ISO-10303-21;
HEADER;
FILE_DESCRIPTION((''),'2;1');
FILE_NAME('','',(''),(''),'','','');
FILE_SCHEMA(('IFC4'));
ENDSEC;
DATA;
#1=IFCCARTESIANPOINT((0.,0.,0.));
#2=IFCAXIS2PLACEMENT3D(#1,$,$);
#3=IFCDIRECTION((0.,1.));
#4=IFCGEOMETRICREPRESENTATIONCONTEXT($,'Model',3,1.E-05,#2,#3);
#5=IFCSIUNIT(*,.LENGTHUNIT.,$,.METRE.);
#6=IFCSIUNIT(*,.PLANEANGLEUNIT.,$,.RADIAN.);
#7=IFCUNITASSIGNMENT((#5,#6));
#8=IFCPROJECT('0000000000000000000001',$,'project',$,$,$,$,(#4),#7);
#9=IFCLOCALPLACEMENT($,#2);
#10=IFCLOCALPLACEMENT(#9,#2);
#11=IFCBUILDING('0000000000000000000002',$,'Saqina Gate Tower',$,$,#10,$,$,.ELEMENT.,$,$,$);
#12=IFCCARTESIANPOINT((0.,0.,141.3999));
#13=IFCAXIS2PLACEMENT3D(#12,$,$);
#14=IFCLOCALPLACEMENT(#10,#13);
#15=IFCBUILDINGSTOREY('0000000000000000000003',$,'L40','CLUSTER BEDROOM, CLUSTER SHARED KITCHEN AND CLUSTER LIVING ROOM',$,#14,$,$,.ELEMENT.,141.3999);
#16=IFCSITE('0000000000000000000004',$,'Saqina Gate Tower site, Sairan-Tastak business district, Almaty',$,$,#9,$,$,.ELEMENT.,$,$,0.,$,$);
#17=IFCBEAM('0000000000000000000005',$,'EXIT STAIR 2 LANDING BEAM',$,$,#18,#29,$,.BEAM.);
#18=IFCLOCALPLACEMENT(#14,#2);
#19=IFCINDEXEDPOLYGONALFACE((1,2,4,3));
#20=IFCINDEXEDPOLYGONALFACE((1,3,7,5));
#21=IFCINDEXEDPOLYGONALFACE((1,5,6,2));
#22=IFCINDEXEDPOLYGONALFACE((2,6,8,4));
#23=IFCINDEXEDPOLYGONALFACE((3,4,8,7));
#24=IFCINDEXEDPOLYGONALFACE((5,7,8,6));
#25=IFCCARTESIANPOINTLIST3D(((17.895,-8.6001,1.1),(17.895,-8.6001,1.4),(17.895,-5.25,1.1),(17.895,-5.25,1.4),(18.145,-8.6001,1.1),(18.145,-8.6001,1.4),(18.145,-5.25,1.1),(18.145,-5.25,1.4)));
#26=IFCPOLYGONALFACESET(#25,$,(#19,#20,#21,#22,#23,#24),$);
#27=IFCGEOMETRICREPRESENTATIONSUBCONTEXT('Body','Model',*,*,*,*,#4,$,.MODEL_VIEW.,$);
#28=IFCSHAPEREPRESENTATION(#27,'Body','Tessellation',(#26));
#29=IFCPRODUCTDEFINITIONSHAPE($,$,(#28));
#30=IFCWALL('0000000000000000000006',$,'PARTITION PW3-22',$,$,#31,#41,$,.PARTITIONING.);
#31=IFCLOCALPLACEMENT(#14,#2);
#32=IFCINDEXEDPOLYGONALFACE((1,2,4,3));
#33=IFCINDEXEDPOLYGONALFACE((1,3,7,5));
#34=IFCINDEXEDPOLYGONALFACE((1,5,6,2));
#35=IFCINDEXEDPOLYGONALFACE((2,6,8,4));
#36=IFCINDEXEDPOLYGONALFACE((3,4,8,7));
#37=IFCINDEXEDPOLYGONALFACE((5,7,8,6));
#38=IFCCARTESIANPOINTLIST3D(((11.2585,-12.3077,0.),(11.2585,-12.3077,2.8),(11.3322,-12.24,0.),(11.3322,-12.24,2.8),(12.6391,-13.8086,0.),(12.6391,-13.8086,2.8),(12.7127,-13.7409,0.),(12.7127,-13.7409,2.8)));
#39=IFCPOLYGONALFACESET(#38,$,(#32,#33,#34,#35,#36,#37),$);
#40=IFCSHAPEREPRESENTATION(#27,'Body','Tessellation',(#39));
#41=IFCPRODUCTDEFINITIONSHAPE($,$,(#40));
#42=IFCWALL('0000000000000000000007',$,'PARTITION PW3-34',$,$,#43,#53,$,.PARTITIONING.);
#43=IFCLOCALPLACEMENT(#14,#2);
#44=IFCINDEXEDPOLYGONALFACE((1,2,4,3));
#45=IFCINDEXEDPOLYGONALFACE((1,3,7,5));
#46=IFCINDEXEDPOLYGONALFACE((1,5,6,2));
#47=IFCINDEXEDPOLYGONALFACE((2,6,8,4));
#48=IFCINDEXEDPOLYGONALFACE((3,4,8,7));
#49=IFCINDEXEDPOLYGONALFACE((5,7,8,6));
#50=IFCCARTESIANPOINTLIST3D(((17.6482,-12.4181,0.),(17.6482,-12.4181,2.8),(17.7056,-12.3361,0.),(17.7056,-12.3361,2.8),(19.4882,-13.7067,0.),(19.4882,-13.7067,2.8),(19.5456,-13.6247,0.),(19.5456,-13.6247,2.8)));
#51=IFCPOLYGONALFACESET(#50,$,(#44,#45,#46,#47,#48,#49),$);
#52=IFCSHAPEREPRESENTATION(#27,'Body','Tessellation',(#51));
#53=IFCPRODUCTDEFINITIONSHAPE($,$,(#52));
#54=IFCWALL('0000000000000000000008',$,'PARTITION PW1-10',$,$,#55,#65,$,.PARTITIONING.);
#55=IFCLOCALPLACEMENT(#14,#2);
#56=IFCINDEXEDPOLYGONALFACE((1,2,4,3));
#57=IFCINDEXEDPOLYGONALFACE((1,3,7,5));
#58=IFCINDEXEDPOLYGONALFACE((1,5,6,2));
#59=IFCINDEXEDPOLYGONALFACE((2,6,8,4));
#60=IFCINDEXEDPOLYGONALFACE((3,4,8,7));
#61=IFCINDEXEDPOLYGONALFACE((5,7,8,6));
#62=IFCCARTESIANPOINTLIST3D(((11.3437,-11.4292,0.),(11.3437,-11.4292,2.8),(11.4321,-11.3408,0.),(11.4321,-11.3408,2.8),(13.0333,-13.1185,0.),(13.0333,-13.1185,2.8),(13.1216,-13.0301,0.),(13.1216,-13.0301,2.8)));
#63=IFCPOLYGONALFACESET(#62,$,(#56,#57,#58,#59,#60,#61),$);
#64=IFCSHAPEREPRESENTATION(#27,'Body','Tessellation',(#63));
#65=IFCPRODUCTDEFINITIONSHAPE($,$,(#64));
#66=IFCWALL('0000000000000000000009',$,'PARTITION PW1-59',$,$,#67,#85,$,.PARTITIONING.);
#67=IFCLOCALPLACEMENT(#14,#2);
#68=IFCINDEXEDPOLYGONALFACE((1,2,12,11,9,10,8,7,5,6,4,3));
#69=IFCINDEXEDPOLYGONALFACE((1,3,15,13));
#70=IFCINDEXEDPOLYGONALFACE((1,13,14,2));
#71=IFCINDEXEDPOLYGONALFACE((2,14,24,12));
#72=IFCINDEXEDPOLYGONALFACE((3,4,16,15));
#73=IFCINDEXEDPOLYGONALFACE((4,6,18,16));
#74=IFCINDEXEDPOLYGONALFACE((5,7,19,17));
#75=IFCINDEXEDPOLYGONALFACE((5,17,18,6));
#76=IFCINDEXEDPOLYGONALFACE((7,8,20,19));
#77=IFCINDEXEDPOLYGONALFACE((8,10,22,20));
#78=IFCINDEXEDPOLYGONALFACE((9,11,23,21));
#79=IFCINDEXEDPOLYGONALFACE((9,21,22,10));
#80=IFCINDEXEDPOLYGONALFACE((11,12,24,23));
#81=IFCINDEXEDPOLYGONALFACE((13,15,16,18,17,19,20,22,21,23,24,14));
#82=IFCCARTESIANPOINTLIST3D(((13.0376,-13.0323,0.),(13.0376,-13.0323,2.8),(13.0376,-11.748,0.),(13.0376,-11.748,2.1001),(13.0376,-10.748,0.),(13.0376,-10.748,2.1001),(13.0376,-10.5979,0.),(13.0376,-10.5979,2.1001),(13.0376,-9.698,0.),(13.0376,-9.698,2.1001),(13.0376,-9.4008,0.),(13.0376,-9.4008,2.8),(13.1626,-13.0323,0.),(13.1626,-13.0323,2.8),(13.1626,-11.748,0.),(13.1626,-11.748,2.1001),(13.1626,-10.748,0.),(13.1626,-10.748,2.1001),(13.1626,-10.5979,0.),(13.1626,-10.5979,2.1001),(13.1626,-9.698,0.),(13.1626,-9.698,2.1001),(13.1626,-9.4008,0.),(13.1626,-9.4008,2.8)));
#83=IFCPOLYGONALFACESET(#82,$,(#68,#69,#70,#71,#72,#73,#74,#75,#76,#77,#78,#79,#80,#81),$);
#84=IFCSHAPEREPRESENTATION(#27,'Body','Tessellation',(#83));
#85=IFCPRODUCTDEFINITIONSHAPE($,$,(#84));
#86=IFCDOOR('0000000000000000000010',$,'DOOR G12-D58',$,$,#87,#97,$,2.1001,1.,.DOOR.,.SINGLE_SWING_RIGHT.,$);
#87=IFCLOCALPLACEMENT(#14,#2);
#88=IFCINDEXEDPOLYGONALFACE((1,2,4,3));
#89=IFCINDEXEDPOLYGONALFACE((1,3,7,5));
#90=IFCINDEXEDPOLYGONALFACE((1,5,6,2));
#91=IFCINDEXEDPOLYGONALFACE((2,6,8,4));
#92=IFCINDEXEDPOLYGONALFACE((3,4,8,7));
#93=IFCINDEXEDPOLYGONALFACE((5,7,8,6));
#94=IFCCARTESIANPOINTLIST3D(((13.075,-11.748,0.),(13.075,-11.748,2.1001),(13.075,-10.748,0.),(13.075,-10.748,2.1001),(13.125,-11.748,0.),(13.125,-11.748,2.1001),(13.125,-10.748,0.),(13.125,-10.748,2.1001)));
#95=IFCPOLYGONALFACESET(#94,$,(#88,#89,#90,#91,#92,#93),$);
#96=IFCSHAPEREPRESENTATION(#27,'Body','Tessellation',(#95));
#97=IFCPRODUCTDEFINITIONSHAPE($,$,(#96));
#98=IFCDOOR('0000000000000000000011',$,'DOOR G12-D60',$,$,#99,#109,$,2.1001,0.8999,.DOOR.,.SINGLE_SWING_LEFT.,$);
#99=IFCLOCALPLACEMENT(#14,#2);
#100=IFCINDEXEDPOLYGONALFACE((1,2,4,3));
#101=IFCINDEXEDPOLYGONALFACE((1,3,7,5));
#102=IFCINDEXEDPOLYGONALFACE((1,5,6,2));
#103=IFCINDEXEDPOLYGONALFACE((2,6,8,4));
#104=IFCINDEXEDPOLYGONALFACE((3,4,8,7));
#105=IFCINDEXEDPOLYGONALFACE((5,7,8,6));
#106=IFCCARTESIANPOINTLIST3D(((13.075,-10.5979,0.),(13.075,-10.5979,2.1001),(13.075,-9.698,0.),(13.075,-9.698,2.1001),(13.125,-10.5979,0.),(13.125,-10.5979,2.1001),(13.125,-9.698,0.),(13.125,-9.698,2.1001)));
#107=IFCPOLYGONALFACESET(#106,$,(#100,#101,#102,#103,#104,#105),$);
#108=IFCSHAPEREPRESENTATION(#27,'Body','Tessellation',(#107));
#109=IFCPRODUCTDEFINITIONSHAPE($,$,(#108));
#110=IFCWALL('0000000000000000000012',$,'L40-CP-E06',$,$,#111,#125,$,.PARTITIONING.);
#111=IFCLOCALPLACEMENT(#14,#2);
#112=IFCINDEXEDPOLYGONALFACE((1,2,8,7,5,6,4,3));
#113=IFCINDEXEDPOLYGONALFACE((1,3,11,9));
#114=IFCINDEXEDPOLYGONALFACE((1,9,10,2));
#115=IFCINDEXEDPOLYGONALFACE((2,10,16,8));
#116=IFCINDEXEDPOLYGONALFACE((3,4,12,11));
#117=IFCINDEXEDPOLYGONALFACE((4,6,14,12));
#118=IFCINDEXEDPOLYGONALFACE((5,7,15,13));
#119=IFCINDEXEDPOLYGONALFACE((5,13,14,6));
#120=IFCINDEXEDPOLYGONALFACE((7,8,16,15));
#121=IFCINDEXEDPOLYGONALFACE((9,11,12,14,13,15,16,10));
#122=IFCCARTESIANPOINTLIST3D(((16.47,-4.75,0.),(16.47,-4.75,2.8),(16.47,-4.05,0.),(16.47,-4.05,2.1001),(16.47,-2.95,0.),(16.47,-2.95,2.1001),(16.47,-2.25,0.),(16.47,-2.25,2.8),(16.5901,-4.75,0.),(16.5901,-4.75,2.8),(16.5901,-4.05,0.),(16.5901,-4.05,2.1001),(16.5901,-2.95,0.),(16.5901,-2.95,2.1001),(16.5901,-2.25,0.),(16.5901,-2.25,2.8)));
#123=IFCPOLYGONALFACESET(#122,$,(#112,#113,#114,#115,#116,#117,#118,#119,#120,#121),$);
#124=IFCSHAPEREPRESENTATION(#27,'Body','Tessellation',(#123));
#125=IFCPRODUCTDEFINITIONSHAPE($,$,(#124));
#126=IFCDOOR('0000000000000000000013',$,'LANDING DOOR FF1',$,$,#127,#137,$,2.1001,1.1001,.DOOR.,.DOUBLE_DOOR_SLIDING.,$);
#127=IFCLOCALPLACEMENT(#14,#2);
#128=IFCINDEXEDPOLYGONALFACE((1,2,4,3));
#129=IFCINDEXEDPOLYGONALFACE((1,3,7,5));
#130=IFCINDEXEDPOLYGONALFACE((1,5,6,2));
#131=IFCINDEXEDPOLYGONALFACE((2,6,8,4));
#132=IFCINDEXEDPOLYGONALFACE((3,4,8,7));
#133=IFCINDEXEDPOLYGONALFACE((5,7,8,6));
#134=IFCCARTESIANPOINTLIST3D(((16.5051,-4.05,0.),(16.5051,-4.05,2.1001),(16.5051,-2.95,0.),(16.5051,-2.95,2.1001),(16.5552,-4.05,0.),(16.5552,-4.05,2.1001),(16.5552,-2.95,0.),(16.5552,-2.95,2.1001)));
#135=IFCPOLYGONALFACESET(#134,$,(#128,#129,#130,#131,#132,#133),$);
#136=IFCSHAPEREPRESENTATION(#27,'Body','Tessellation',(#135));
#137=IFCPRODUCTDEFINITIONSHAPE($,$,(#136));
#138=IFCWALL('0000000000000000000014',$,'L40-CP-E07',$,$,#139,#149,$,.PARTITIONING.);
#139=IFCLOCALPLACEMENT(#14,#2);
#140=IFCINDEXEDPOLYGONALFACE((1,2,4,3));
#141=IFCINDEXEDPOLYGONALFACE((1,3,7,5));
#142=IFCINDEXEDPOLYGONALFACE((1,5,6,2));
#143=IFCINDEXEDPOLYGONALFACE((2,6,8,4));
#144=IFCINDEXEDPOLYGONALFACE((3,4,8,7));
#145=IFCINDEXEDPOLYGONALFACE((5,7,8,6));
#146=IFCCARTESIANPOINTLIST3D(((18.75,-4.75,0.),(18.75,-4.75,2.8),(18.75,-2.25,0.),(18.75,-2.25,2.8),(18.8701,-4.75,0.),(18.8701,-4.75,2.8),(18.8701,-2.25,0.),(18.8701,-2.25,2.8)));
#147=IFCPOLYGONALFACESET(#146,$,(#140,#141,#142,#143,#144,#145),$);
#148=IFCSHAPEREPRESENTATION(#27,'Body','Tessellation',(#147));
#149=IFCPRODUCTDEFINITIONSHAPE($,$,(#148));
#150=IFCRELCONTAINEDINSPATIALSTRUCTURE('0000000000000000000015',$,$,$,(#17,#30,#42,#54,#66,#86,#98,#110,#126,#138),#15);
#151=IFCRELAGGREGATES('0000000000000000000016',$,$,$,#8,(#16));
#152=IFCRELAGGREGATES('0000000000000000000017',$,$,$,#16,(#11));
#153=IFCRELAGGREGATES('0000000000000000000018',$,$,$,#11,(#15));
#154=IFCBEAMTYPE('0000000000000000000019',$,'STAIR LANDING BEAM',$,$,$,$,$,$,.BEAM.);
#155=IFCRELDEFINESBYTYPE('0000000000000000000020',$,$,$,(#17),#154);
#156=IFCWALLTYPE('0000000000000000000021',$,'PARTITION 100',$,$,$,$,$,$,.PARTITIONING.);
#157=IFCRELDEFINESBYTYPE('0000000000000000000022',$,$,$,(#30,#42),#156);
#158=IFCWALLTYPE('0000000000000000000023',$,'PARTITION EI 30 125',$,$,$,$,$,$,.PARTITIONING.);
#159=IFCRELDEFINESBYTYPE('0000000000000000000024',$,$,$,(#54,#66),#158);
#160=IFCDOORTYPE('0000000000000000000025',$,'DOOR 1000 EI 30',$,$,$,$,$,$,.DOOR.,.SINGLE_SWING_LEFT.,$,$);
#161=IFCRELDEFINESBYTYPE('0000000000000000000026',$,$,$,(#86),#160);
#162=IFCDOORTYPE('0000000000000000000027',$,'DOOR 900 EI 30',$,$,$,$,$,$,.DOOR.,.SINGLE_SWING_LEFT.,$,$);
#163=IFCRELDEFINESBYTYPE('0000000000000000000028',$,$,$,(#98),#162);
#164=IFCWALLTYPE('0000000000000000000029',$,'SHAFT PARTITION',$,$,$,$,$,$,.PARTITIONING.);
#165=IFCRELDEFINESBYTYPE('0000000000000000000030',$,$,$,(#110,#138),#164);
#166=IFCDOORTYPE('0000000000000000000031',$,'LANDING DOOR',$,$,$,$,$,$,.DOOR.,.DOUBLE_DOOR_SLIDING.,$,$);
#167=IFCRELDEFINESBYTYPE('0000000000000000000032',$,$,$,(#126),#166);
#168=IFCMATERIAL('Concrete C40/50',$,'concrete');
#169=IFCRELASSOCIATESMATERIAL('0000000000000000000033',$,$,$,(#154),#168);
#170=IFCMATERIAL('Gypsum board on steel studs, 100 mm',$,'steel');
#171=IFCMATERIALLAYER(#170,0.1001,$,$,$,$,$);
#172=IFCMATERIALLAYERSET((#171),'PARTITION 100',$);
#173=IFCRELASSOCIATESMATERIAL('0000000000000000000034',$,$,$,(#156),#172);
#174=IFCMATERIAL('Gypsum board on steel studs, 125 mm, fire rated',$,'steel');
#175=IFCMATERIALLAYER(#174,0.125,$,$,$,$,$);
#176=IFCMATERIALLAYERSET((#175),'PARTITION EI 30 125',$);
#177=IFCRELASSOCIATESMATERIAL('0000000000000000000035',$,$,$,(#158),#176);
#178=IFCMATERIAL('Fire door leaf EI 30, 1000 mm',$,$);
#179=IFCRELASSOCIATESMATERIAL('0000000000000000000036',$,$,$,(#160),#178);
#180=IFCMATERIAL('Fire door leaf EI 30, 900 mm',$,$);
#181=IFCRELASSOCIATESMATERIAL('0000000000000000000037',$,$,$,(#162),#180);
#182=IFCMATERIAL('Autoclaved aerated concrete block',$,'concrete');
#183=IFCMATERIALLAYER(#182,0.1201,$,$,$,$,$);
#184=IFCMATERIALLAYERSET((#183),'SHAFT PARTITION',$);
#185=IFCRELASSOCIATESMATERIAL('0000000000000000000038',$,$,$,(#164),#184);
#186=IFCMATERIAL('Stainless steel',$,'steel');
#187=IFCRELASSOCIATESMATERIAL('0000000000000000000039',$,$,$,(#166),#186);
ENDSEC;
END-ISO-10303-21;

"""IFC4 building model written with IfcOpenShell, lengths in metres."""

from ifc_helpers import new_model, si_unit, direction, frame, frame_2d, origin, origin_2d, place, context, subcontext, project, spatial, rectangle, extrude, material, layer, layer_set, material_profile, profile_set, type_object, element, fill, save


model = new_model("IFC4")

# Units and contexts
model_context = context("Model", 3, precision=1e-05, world=origin(), true_north=direction((0.0, 1.0)))
body_context = subcontext(model_context, "Body", "Model", "MODEL_VIEW")
ifc_project = project(units=[si_unit("LENGTHUNIT", "METRE"), si_unit("PLANEANGLEUNIT", "RADIAN")], contexts=[model_context])

# Site, building, storey
site_placement = place(None, origin())
site = spatial("IfcSite", under=ifc_project, at=site_placement, Name="Saqina Gate Tower site, Sairan-Tastak business district, Almaty", CompositionType="ELEMENT", RefElevation=0.0)
building_placement = place(site_placement, origin())
building = spatial("IfcBuilding", under=site, at=building_placement, Name="Saqina Gate Tower", CompositionType="ELEMENT")
storey_placement = place(building_placement, frame((0.0, 0.0, 141.3999)))
storey = spatial("IfcBuildingStorey", under=building, at=storey_placement, Name="L40", Description="CLUSTER BEDROOM, CLUSTER SHARED KITCHEN AND CLUSTER LIVING ROOM", CompositionType="ELEMENT", Elevation=141.3999)

# Beam
ifc_material_1 = material(Name="Concrete C40/50", Category="concrete")
ifc_material_profile = material_profile(ifc_material_1, rectangle(XDim=0.25, YDim=0.3, at=origin_2d()), Name="STAIR LANDING BEAM")
ifc_profile_set = profile_set([ifc_material_profile], Name="Concrete C40/50")
beam_type = type_object("IfcBeamType", Name="STAIR LANDING BEAM", PredefinedType="BEAM", material=ifc_profile_set)
beam_placement = place(storey_placement, frame((18.02, -8.6001, 1.25), z_axis=(0.0, 1.0, 0.0), x_axis=(-1.0, 0.0, 0.0)))
element("IfcBeam", 1, at=beam_placement, inside=storey, type_object=beam_type, Name="EXIT STAIR 2 LANDING BEAM", PredefinedType="BEAM", context=body_context, shape_type="SweptSolid", body=[
    extrude(rectangle(XDim=0.25, YDim=0.3, at=origin_2d()), origin(), (0.0, 0.0, 1.0), 3.3501),
])

# Walls
ifc_material_2 = material(Name="Gypsum board on steel studs, 100 mm", Category="steel")
ifc_layer_1 = layer(ifc_material_2, 0.1001)
ifc_layer_set_1 = layer_set([ifc_layer_1], Name="PARTITION 100")
wall_type_1 = type_object("IfcWallType", Name="PARTITION 100", PredefinedType="PARTITIONING", material=ifc_layer_set_1)
wall_1_placement = place(storey_placement, frame((11.2954, -12.2739, 0.0), z_axis=(0.0, 0.0, 1.0), x_axis=(0.676981, -0.736, 0.0)))
element("IfcWall", 2, at=wall_1_placement, inside=storey, type_object=wall_type_1, Name="PARTITION PW3-22", PredefinedType="PARTITIONING", context=body_context, shape_type="SweptSolid", body=[
    extrude(rectangle(XDim=2.0393, YDim=0.1001, at=frame_2d((1.0195, 0.0))), origin(), (0.0, 0.0, 1.0), 2.8),
])
wall_2_placement = place(storey_placement, frame((17.677, -12.3772, 0.0), z_axis=(0.0, 0.0, 1.0), x_axis=(0.819125, -0.573616, 0.0)))
element("IfcWall", 3, at=wall_2_placement, inside=storey, type_object=wall_type_1, Name="PARTITION PW3-34", PredefinedType="PARTITIONING", context=body_context, shape_type="SweptSolid", body=[
    extrude(rectangle(XDim=2.2463, YDim=0.1001, at=frame_2d((1.123, 0.0))), origin(), (0.0, 0.0, 1.0), 2.8),
])
ifc_material_3 = material(Name="Gypsum board on steel studs, 125 mm, fire rated", Category="steel")
ifc_layer_2 = layer(ifc_material_3, 0.125)
ifc_layer_set_2 = layer_set([ifc_layer_2], Name="PARTITION EI 30 125")
wall_type_2 = type_object("IfcWallType", Name="PARTITION EI 30 125", PredefinedType="PARTITIONING", material=ifc_layer_set_2)
wall_3_placement = place(storey_placement, frame((11.3879, -11.385, 0.0), z_axis=(0.0, 0.0, 1.0), x_axis=(0.707158, -0.707056, 0.0)))
element("IfcWall", 4, at=wall_3_placement, inside=storey, type_object=wall_type_2, Name="PARTITION PW1-10", PredefinedType="PARTITIONING", context=body_context, shape_type="SweptSolid", body=[
    extrude(rectangle(XDim=2.3892, YDim=0.125, at=frame_2d((1.1946, 0.0))), origin(), (0.0, 0.0, 1.0), 2.8),
])

# Wall, openings, doors
wall_4_placement = place(storey_placement, frame((13.1001, -13.0325, 0.0), z_axis=(0.0, 0.0, 1.0), x_axis=(0.0, 1.0, 0.0)))
wall_4 = element("IfcWall", 5, at=wall_4_placement, inside=storey, type_object=wall_type_2, Name="PARTITION PW1-59", PredefinedType="PARTITIONING", context=body_context, shape_type="SweptSolid", body=[
    extrude(rectangle(XDim=3.6316, YDim=0.125, at=frame_2d((1.8159, 0.0))), origin(), (0.0, 0.0, 1.0), 2.8),
])
opening_1_placement = place(wall_4_placement, frame((1.2844, 0.0, 0.0)))
opening_1 = element("IfcOpeningElement", 6, at=opening_1_placement, cuts=wall_4, PredefinedType="OPENING", context=body_context, shape_type="SweptSolid", body=[
    extrude(rectangle(XDim=1.0, YDim=2.1001, at=frame_2d((0.5, 1.05))), frame((0.0, 0.0745, 0.0), z_axis=(0.0, -1.0, 0.0), x_axis=(1.0, 0.0, 0.0)), (0.0, 0.0, 1.0), 0.1489),
])
opening_2_placement = place(wall_4_placement, frame((2.4346, 0.0, 0.0)))
opening_2 = element("IfcOpeningElement", 7, at=opening_2_placement, cuts=wall_4, PredefinedType="OPENING", context=body_context, shape_type="SweptSolid", body=[
    extrude(rectangle(XDim=0.8999, YDim=2.1001, at=frame_2d((0.45, 1.05))), frame((0.0, 0.0745, 0.0), z_axis=(0.0, -1.0, 0.0), x_axis=(1.0, 0.0, 0.0)), (0.0, 0.0, 1.0), 0.1489),
])
ifc_material_4 = material(Name="Fire door leaf EI 30, 1000 mm")
door_type_1 = type_object("IfcDoorType", Name="DOOR 1000 EI 30", OperationType="SINGLE_SWING_LEFT", PredefinedType="DOOR", material=ifc_material_4)
door_1_placement = place(opening_1_placement, frame((1.0, 0.0, 0.0), z_axis=(0.0, 0.0, 1.0), x_axis=(-1.0, 0.0, 0.0)))
door_1 = element("IfcDoor", 8, at=door_1_placement, inside=storey, type_object=door_type_1, Name="DOOR G12-D58", OperationType="SINGLE_SWING_RIGHT", OverallHeight=2.1001, OverallWidth=1.0, PredefinedType="DOOR", context=body_context, shape_type="SweptSolid", body=[
    extrude(rectangle(XDim=1.0, YDim=2.1001, at=frame_2d((0.5, 1.05))), frame((0.0, 0.0249, 0.0), z_axis=(0.0, -1.0, 0.0), x_axis=(1.0, 0.0, 0.0)), (0.0, 0.0, 1.0), 0.05),
])
fill(opening_1, door_1)
ifc_material_5 = material(Name="Fire door leaf EI 30, 900 mm")
door_type_2 = type_object("IfcDoorType", Name="DOOR 900 EI 30", OperationType="SINGLE_SWING_LEFT", PredefinedType="DOOR", material=ifc_material_5)
door_2_placement = place(opening_2_placement, frame((0.8999, 0.0, 0.0), z_axis=(0.0, 0.0, 1.0), x_axis=(-1.0, 0.0, 0.0)))
door_2 = element("IfcDoor", 9, at=door_2_placement, inside=storey, type_object=door_type_2, Name="DOOR G12-D60", OperationType="SINGLE_SWING_LEFT", OverallHeight=2.1001, OverallWidth=0.8999, PredefinedType="DOOR", context=body_context, shape_type="SweptSolid", body=[
    extrude(rectangle(XDim=0.8999, YDim=2.1001, at=frame_2d((0.45, 1.05))), frame((0.0, 0.0249, 0.0), z_axis=(0.0, -1.0, 0.0), x_axis=(1.0, 0.0, 0.0)), (0.0, 0.0, 1.0), 0.05),
])
fill(opening_2, door_2)

# Wall, opening, door
ifc_material_6 = material(Name="Autoclaved aerated concrete block", Category="concrete")
ifc_layer_3 = layer(ifc_material_6, 0.1201)
ifc_layer_set_3 = layer_set([ifc_layer_3], Name="SHAFT PARTITION")
wall_type_3 = type_object("IfcWallType", Name="SHAFT PARTITION", PredefinedType="PARTITIONING", material=ifc_layer_set_3)
wall_5_placement = place(storey_placement, frame((16.53, -4.75, 0.0), z_axis=(0.0, 0.0, 1.0), x_axis=(0.0, 1.0, 0.0)))
wall_5 = element("IfcWall", 10, at=wall_5_placement, inside=storey, type_object=wall_type_3, Name="L40-CP-E06", PredefinedType="PARTITIONING", context=body_context, shape_type="SweptSolid", body=[
    extrude(rectangle(XDim=2.5, YDim=0.1201, at=frame_2d((1.25, 0.0))), origin(), (0.0, 0.0, 1.0), 2.8),
])
opening_3_placement = place(wall_5_placement, frame((0.7, 0.0, 0.0)))
opening_3 = element("IfcOpeningElement", 11, at=opening_3_placement, cuts=wall_5, PredefinedType="OPENING", context=body_context, shape_type="SweptSolid", body=[
    extrude(rectangle(XDim=1.1001, YDim=2.1001, at=frame_2d((0.55, 1.05))), frame((0.0, 0.072, 0.0), z_axis=(0.0, -1.0, 0.0), x_axis=(1.0, 0.0, 0.0)), (0.0, 0.0, 1.0), 0.144),
])
ifc_material_7 = material(Name="Stainless steel", Category="steel")
door_type_3 = type_object("IfcDoorType", Name="LANDING DOOR", OperationType="DOUBLE_DOOR_SLIDING", PredefinedType="DOOR", material=ifc_material_7)
door_3_placement = place(opening_3_placement, origin())
door_3 = element("IfcDoor", 12, at=door_3_placement, inside=storey, type_object=door_type_3, Name="LANDING DOOR FF1", OperationType="DOUBLE_DOOR_SLIDING", OverallHeight=2.1001, OverallWidth=1.1001, PredefinedType="DOOR", context=body_context, shape_type="SweptSolid", body=[
    extrude(rectangle(XDim=1.1001, YDim=2.1001, at=frame_2d((0.55, 1.05))), frame((0.0, 0.0249, 0.0), z_axis=(0.0, -1.0, 0.0), x_axis=(1.0, 0.0, 0.0)), (0.0, 0.0, 1.0), 0.05),
])
fill(opening_3, door_3)

# Wall
wall_6_placement = place(storey_placement, frame((18.8101, -4.75, 0.0), z_axis=(0.0, 0.0, 1.0), x_axis=(0.0, 1.0, 0.0)))
element("IfcWall", 13, at=wall_6_placement, inside=storey, type_object=wall_type_3, Name="L40-CP-E07", PredefinedType="PARTITIONING", context=body_context, shape_type="SweptSolid", body=[
    extrude(rectangle(XDim=2.5, YDim=0.1201, at=frame_2d((1.25, 0.0))), origin(), (0.0, 0.0, 1.0), 2.8),
])

save(model, "model.ifc")
